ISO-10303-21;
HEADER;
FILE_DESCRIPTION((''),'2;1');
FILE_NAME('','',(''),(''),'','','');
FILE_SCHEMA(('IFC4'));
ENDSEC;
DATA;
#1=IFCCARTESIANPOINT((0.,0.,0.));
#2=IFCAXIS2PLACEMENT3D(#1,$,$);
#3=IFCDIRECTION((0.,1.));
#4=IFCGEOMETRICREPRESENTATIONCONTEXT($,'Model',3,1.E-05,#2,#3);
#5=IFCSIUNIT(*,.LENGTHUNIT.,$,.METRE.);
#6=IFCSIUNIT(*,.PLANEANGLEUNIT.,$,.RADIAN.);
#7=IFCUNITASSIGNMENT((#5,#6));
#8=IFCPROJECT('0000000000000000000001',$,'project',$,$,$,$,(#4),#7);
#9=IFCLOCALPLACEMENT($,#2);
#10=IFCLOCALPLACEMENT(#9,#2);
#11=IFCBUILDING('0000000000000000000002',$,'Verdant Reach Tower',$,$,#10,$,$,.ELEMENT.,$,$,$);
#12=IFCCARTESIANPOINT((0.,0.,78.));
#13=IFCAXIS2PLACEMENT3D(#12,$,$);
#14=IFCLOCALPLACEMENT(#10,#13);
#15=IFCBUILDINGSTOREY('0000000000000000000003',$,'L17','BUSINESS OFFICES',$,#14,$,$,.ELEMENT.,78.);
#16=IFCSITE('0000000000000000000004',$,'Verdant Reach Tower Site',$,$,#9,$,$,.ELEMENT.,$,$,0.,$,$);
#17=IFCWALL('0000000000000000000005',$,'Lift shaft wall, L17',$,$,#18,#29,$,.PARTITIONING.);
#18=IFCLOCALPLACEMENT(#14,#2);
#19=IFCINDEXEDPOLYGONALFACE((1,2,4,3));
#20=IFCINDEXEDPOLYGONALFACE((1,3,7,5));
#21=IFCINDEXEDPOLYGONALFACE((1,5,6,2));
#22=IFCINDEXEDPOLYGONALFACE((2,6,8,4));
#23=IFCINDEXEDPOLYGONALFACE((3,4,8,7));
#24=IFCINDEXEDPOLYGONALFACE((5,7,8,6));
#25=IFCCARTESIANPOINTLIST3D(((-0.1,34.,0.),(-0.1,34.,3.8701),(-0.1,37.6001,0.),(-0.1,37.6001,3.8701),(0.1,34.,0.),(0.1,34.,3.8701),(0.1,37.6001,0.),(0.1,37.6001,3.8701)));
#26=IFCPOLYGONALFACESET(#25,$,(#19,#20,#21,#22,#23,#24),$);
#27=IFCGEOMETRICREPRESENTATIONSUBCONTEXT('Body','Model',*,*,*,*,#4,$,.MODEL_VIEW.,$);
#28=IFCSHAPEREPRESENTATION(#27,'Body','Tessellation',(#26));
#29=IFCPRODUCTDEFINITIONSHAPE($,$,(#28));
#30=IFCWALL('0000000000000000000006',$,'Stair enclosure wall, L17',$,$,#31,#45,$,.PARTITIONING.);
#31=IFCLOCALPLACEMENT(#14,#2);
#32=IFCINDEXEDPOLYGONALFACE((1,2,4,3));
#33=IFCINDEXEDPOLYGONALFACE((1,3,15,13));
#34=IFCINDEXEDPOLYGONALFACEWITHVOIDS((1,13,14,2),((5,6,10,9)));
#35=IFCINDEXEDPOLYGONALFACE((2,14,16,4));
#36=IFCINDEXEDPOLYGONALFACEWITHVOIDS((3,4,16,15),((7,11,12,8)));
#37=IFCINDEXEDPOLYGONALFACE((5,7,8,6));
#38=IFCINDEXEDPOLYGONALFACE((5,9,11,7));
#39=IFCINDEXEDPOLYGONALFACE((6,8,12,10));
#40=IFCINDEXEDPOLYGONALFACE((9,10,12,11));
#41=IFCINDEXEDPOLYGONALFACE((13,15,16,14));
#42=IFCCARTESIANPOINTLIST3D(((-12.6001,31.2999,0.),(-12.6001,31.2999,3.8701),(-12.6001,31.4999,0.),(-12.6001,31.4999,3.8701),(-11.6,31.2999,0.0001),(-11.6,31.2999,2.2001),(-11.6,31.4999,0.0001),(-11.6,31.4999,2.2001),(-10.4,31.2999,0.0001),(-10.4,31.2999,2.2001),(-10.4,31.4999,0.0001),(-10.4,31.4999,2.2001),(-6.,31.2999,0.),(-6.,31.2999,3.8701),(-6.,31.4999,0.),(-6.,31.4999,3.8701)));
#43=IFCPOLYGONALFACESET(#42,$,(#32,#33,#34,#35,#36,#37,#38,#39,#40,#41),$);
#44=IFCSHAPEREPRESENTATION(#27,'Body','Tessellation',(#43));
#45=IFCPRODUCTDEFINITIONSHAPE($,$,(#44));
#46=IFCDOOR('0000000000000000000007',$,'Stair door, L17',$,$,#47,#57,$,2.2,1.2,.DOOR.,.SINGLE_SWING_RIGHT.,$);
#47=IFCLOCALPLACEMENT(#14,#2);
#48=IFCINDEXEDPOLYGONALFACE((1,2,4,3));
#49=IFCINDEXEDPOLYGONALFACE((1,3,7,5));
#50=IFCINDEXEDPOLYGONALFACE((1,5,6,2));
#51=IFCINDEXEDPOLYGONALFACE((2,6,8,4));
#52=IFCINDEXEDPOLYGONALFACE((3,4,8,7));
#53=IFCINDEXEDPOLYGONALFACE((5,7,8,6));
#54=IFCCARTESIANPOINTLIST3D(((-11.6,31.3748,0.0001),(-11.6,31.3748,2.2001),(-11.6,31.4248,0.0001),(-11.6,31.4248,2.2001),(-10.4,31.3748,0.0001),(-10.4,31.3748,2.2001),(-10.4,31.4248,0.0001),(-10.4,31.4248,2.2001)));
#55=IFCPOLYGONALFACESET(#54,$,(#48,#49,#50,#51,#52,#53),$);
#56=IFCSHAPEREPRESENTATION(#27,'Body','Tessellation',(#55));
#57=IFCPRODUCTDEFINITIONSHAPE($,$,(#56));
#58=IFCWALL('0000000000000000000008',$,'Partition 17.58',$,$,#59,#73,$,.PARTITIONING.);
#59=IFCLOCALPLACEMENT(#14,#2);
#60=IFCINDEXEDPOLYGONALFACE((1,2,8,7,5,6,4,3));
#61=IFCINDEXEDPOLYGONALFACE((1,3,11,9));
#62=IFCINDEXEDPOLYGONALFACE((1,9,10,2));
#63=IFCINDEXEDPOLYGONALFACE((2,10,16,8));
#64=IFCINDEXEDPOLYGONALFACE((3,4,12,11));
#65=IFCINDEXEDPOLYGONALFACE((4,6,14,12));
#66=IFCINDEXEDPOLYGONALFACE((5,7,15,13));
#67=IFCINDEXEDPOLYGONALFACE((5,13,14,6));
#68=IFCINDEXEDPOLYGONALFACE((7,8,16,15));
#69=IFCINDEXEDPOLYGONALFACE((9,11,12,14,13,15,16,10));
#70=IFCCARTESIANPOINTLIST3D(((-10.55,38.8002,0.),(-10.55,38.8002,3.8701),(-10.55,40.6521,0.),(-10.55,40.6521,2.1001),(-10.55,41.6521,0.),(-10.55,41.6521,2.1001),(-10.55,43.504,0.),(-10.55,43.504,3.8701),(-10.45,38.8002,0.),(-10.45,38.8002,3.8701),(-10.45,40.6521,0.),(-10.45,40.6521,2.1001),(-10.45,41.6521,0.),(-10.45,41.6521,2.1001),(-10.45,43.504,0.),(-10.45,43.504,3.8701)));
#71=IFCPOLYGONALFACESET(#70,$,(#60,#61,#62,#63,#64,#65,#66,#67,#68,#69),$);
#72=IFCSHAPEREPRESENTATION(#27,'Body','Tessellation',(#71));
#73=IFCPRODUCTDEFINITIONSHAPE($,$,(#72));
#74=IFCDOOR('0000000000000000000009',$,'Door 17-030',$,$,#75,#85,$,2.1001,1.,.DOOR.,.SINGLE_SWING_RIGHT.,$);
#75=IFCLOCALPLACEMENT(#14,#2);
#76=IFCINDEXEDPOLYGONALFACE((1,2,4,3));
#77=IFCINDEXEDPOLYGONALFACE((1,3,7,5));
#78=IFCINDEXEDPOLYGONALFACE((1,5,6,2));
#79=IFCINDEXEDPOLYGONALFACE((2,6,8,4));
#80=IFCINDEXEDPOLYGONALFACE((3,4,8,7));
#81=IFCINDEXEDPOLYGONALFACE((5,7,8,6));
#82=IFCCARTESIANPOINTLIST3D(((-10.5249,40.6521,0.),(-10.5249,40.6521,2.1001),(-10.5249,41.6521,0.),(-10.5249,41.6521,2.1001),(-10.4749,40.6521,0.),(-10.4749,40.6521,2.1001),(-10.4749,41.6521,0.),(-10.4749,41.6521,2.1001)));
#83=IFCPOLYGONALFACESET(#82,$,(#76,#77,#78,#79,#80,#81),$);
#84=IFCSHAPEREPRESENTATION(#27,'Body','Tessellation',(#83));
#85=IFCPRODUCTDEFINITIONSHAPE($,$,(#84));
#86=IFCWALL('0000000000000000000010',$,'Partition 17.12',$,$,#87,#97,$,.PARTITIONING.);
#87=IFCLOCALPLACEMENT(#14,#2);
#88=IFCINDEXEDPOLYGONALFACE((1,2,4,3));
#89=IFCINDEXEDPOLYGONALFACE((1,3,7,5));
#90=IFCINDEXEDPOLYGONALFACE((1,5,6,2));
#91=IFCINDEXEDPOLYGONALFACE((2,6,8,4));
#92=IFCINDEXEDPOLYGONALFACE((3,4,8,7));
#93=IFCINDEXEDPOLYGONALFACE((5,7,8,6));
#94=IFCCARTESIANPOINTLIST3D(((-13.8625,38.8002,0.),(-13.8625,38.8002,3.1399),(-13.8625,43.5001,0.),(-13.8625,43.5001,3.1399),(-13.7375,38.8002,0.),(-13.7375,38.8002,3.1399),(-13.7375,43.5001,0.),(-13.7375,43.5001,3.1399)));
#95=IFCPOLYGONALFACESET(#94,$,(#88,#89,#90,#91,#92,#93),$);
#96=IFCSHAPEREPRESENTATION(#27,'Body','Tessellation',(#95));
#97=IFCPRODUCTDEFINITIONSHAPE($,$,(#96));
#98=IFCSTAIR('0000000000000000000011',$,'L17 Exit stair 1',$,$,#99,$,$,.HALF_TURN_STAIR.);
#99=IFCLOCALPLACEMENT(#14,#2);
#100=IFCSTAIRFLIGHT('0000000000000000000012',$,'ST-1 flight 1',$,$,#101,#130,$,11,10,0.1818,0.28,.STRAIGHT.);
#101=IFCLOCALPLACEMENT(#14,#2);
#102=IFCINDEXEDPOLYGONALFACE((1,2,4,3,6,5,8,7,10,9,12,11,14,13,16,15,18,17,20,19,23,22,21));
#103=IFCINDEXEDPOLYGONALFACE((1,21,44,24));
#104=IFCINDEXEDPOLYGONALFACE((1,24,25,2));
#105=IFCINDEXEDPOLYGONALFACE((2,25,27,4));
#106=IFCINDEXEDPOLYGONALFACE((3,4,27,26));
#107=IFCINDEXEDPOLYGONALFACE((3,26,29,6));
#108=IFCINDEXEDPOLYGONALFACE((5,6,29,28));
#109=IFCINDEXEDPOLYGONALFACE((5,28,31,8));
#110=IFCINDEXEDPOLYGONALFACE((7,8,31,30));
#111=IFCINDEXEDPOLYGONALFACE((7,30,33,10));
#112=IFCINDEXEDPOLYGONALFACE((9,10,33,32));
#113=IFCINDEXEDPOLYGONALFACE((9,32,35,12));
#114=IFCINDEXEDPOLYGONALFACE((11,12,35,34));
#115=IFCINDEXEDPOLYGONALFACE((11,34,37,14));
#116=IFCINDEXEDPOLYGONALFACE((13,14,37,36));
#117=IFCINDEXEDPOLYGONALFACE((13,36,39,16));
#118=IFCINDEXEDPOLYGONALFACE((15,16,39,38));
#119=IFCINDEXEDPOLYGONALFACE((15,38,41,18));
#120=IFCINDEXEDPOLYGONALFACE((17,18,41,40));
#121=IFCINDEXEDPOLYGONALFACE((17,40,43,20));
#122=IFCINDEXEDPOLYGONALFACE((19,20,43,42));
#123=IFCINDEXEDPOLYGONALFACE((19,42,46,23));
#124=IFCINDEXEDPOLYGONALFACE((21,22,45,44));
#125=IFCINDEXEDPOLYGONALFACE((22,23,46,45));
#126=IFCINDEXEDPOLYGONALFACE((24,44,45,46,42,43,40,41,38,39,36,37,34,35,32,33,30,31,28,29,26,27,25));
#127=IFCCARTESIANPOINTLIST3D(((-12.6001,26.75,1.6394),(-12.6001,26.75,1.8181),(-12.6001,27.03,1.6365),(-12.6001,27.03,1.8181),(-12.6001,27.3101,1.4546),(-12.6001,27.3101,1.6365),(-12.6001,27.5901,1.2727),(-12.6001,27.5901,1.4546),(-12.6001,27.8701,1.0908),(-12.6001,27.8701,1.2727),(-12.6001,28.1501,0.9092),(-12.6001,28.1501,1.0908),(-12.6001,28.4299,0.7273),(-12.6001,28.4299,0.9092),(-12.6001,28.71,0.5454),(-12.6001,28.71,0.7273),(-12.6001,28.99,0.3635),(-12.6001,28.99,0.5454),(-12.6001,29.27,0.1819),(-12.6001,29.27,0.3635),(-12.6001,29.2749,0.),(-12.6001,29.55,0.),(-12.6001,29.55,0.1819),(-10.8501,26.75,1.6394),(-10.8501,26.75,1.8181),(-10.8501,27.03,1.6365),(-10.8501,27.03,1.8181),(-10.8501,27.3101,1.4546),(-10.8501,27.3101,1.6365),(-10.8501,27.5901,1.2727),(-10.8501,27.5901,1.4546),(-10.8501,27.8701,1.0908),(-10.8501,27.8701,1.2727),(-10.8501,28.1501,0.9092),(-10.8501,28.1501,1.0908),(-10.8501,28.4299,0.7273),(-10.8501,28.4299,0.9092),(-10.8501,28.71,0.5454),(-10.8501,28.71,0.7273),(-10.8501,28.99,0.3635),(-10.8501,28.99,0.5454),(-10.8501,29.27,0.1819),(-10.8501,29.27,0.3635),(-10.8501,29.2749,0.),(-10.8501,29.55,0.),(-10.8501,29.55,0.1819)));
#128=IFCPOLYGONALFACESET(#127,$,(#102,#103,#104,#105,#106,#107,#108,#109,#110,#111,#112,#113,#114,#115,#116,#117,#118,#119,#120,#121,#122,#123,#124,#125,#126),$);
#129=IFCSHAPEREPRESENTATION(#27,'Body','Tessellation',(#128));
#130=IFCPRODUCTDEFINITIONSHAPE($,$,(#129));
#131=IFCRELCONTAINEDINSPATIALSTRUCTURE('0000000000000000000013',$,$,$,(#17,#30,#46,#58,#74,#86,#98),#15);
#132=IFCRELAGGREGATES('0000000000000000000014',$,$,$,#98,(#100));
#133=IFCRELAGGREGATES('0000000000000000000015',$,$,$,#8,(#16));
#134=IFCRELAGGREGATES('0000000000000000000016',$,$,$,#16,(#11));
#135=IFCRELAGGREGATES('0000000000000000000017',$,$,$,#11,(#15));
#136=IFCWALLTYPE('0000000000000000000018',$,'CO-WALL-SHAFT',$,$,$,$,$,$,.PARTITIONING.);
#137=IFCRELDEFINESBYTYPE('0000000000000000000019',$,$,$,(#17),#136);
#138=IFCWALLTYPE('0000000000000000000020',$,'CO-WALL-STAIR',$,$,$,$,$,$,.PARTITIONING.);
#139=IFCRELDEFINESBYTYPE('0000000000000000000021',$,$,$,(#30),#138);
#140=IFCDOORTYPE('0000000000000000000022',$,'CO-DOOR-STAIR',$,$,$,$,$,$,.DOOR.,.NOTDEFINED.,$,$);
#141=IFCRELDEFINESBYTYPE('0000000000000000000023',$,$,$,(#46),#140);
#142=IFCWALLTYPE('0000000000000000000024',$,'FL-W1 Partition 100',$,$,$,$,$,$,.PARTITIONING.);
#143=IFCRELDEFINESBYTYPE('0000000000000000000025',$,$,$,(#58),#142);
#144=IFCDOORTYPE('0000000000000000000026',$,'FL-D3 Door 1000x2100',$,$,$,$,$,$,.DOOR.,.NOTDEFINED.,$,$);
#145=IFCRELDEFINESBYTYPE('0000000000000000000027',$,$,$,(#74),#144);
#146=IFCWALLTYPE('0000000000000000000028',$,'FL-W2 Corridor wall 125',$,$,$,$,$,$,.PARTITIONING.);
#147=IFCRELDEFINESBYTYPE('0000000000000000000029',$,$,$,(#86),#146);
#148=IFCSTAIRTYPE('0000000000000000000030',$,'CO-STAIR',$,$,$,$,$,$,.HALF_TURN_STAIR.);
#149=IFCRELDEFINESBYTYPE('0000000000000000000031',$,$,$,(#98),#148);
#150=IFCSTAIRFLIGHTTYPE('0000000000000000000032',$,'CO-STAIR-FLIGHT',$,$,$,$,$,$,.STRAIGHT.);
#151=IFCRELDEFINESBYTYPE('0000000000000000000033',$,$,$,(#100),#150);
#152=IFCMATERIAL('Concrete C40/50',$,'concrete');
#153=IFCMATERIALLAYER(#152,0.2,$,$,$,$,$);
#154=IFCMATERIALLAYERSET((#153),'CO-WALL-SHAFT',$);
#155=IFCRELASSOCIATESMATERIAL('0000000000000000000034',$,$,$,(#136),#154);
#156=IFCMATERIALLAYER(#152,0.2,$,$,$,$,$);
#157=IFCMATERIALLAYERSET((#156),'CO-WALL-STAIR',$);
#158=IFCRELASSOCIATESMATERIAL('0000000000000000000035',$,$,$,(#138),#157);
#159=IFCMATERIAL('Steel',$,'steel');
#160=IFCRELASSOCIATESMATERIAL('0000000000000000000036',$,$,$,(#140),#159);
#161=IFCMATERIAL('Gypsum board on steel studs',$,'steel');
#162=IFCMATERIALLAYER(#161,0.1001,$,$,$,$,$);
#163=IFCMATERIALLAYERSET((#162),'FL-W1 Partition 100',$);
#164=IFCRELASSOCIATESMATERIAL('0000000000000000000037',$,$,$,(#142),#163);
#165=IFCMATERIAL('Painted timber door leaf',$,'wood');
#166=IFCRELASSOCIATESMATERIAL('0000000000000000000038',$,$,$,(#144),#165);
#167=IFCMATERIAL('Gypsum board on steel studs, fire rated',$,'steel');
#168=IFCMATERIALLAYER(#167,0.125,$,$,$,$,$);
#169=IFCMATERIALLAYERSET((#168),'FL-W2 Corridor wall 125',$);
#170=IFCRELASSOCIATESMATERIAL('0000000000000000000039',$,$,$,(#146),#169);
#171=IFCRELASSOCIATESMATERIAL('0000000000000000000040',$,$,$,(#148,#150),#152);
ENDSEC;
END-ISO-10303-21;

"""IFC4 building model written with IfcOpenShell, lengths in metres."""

from ifc_helpers import new_model, si_unit, direction, frame, frame_2d, origin, place, context, subcontext, project, spatial, polyline, rectangle, outline, extrude, material, layer, layer_set, type_object, element, fill, aggregate, save


model = new_model("IFC4")

# Units and contexts
model_context = context("Model", 3, precision=1e-05, world=origin(), true_north=direction((0.0, 1.0)))
body_context = subcontext(model_context, "Body", "Model", "MODEL_VIEW")
ifc_project = project(units=[si_unit("LENGTHUNIT", "METRE"), si_unit("PLANEANGLEUNIT", "RADIAN")], contexts=[model_context])

# Site, building, storey
site_placement = place(None, origin())
site = spatial("IfcSite", under=ifc_project, at=site_placement, Name="Verdant Reach Tower Site", CompositionType="ELEMENT", RefElevation=0.0)
building_placement = place(site_placement, origin())
building = spatial("IfcBuilding", under=site, at=building_placement, Name="Verdant Reach Tower", CompositionType="ELEMENT")
storey_placement = place(building_placement, frame((0.0, 0.0, 78.0)))
storey = spatial("IfcBuildingStorey", under=building, at=storey_placement, Name="L17", Description="BUSINESS OFFICES", CompositionType="ELEMENT", Elevation=78.0)

# Shared definitions
ifc_material_1 = material(Name="Concrete C40/50", Category="concrete")
ifc_layer_1 = layer(ifc_material_1, 0.2)
ifc_layer_set_1 = layer_set([ifc_layer_1], Name="CO-WALL-SHAFT")
wall_type_1 = type_object("IfcWallType", Name="CO-WALL-SHAFT", PredefinedType="PARTITIONING", material=ifc_layer_set_1)

# Shared definitions
ifc_material_2 = material(Name="Steel", Category="steel")

# Wall
for number, where, z_axis, x_axis, name in (
    (1, (0.0, 34.0, 0.0), (0.0, 0.0, 1.0), (0.0, 1.0, 0.0), "Lift shaft wall, L17"),
):
    element("IfcWall", number, at=place(storey_placement, frame(where, z_axis=z_axis, x_axis=x_axis)), inside=storey, type_object=wall_type_1, Name=name, PredefinedType="PARTITIONING", context=body_context, shape_type="SweptSolid", body=[
        extrude(rectangle(XDim=3.6001, YDim=0.2, at=frame_2d((1.8, 0.0))), origin(), (0.0, 0.0, 1.0), 3.8701),
    ])

# Walls, openings, doors
ifc_layer_2 = layer(ifc_material_1, 0.2)
ifc_layer_set_2 = layer_set([ifc_layer_2], Name="CO-WALL-STAIR")
wall_type_2 = type_object("IfcWallType", Name="CO-WALL-STAIR", PredefinedType="PARTITIONING", material=ifc_layer_set_2)
wall_1_placement = place(storey_placement, frame((-12.6001, 31.3999, 0.0), z_axis=(0.0, 0.0, 1.0), x_axis=(1.0, 0.0, 0.0)))
wall_1 = element("IfcWall", 2, at=wall_1_placement, inside=storey, type_object=wall_type_2, Name="Stair enclosure wall, L17", PredefinedType="PARTITIONING", context=body_context, shape_type="SweptSolid", body=[
    extrude(rectangle(XDim=6.6001, YDim=0.2, at=frame_2d((3.3, 0.0))), origin(), (0.0, 0.0, 1.0), 3.8701),
])
opening_1_placement = place(wall_1_placement, frame((1.0, 0.0, 0.0)))
opening_1 = element("IfcOpeningElement", 3, at=opening_1_placement, cuts=wall_1, PredefinedType="OPENING", context=body_context, shape_type="SweptSolid", body=[
    extrude(rectangle(XDim=1.2, YDim=2.2, at=frame_2d((0.6001, 1.1001))), frame((0.0, 0.1099, 0.0), z_axis=(0.0, -1.0, 0.0), x_axis=(1.0, 0.0, 0.0)), (0.0, 0.0, 1.0), 0.22),
])
door_type_1 = type_object("IfcDoorType", Name="CO-DOOR-STAIR", OperationType="NOTDEFINED", PredefinedType="DOOR", material=ifc_material_2)
door_1_placement = place(opening_1_placement, origin())
door_1 = element("IfcDoor", 4, at=door_1_placement, inside=storey, type_object=door_type_1, Name="Stair door, L17", OperationType="SINGLE_SWING_RIGHT", OverallHeight=2.2, OverallWidth=1.2, PredefinedType="DOOR", context=body_context, shape_type="SweptSolid", body=[
    extrude(rectangle(XDim=1.2, YDim=2.2, at=frame_2d((0.6001, 1.1001))), frame((0.0, 0.0249, 0.0), z_axis=(0.0, -1.0, 0.0), x_axis=(1.0, 0.0, 0.0)), (0.0, 0.0, 1.0), 0.05),
])
fill(opening_1, door_1)
ifc_material_3 = material(Name="Gypsum board on steel studs", Category="steel")
ifc_layer_3 = layer(ifc_material_3, 0.1001)
ifc_layer_set_3 = layer_set([ifc_layer_3], Name="FL-W1 Partition 100")
wall_type_3 = type_object("IfcWallType", Name="FL-W1 Partition 100", PredefinedType="PARTITIONING", material=ifc_layer_set_3)
wall_2_placement = place(storey_placement, frame((-10.5, 38.8, 0.0), z_axis=(0.0, 0.0, 1.0), x_axis=(0.0, 1.0, 0.0)))
wall_2 = element("IfcWall", 5, at=wall_2_placement, inside=storey, type_object=wall_type_3, Name="Partition 17.58", PredefinedType="PARTITIONING", context=body_context, shape_type="SweptSolid", body=[
    extrude(rectangle(XDim=4.7039, YDim=0.1001, at=frame_2d((2.3521, 0.0))), origin(), (0.0, 0.0, 1.0), 3.8701),
])
opening_2_placement = place(wall_2_placement, frame((1.8521, 0.0, 0.0)))
opening_2 = element("IfcOpeningElement", 6, at=opening_2_placement, cuts=wall_2, PredefinedType="OPENING", context=body_context, shape_type="SweptSolid", body=[
    extrude(rectangle(XDim=1.0, YDim=2.1001, at=frame_2d((0.5, 1.05))), frame((0.0, 0.0601, 0.0), z_axis=(0.0, -1.0, 0.0), x_axis=(1.0, 0.0, 0.0)), (0.0, 0.0, 1.0), 0.1201),
])
ifc_material_4 = material(Name="Painted timber door leaf", Category="wood")
door_type_2 = type_object("IfcDoorType", Name="FL-D3 Door 1000x2100", OperationType="NOTDEFINED", PredefinedType="DOOR", material=ifc_material_4)
door_2_placement = place(opening_2_placement, origin())
door_2 = element("IfcDoor", 7, at=door_2_placement, inside=storey, type_object=door_type_2, Name="Door 17-030", OperationType="SINGLE_SWING_RIGHT", OverallHeight=2.1001, OverallWidth=1.0, PredefinedType="DOOR", context=body_context, shape_type="SweptSolid", body=[
    extrude(rectangle(XDim=1.0, YDim=2.1001, at=frame_2d((0.5, 1.05))), frame((0.0, 0.0249, 0.0), z_axis=(0.0, -1.0, 0.0), x_axis=(1.0, 0.0, 0.0)), (0.0, 0.0, 1.0), 0.05),
])
fill(opening_2, door_2)

# Wall
ifc_material_5 = material(Name="Gypsum board on steel studs, fire rated", Category="steel")
ifc_layer_4 = layer(ifc_material_5, 0.125)
ifc_layer_set_4 = layer_set([ifc_layer_4], Name="FL-W2 Corridor wall 125")
wall_type_4 = type_object("IfcWallType", Name="FL-W2 Corridor wall 125", PredefinedType="PARTITIONING", material=ifc_layer_set_4)
wall_3_placement = place(storey_placement, frame((-13.8, 38.8, 0.0), z_axis=(0.0, 0.0, 1.0), x_axis=(0.0, 1.0, 0.0)))
element("IfcWall", 8, at=wall_3_placement, inside=storey, type_object=wall_type_4, Name="Partition 17.12", PredefinedType="PARTITIONING", context=body_context, shape_type="SweptSolid", body=[
    extrude(rectangle(XDim=4.7, YDim=0.125, at=frame_2d((2.3501, 0.0))), origin(), (0.0, 0.0, 1.0), 3.1399),
])

# Stair, stair flight
stair_type = type_object("IfcStairType", Name="CO-STAIR", PredefinedType="HALF_TURN_STAIR", material=ifc_material_1)
stair_placement = place(storey_placement, origin())
stair = element("IfcStair", 9, at=stair_placement, inside=storey, type_object=stair_type, Name="L17 Exit stair 1", PredefinedType="HALF_TURN_STAIR")
stair_flight_type = type_object("IfcStairFlightType", Name="CO-STAIR-FLIGHT", PredefinedType="STRAIGHT", material=ifc_material_1)
stair_flight_placement = place(storey_placement, frame((-11.7251, 29.55, 0.0), z_axis=(0.0, 0.0, 1.0), x_axis=(0.0, -1.0, 0.0)))
stair_flight = element("IfcStairFlight", 10, at=stair_flight_placement, type_object=stair_flight_type, Name="ST-1 flight 1", NumberOfRisers=11, NumberOfTreads=10, PredefinedType="STRAIGHT", RiserHeight=0.1818, TreadLength=0.28, context=body_context, shape_type="SweptSolid", body=[
    extrude(outline(polyline([(0.0, 0.0), (0.0, 0.1819), (0.28, 0.1819), (0.28, 0.3635), (0.5601, 0.3635), (0.5601, 0.5454), (0.8401, 0.5454), (0.8401, 0.7273), (1.1201, 0.7273), (1.1201, 0.9092), (1.3999, 0.9092), (1.3999, 1.0908), (1.6799, 1.0908), (1.6799, 1.2727), (1.96, 1.2727), (1.96, 1.4546), (2.24, 1.4546), (2.24, 1.6365), (2.52, 1.6365), (2.52, 1.8181), (2.8, 1.8181), (2.8, 2.0), (2.8, 1.6394), (0.2751, 0.0), (0.0, 0.0)])), frame((0.0, 0.875, 0.0), z_axis=(0.0, -1.0, 0.0), x_axis=(1.0, 0.0, 0.0)), (0.0, 0.0, 1.0), 1.75),
])
aggregate(stair, [stair_flight])

save(model, "model.ifc")
